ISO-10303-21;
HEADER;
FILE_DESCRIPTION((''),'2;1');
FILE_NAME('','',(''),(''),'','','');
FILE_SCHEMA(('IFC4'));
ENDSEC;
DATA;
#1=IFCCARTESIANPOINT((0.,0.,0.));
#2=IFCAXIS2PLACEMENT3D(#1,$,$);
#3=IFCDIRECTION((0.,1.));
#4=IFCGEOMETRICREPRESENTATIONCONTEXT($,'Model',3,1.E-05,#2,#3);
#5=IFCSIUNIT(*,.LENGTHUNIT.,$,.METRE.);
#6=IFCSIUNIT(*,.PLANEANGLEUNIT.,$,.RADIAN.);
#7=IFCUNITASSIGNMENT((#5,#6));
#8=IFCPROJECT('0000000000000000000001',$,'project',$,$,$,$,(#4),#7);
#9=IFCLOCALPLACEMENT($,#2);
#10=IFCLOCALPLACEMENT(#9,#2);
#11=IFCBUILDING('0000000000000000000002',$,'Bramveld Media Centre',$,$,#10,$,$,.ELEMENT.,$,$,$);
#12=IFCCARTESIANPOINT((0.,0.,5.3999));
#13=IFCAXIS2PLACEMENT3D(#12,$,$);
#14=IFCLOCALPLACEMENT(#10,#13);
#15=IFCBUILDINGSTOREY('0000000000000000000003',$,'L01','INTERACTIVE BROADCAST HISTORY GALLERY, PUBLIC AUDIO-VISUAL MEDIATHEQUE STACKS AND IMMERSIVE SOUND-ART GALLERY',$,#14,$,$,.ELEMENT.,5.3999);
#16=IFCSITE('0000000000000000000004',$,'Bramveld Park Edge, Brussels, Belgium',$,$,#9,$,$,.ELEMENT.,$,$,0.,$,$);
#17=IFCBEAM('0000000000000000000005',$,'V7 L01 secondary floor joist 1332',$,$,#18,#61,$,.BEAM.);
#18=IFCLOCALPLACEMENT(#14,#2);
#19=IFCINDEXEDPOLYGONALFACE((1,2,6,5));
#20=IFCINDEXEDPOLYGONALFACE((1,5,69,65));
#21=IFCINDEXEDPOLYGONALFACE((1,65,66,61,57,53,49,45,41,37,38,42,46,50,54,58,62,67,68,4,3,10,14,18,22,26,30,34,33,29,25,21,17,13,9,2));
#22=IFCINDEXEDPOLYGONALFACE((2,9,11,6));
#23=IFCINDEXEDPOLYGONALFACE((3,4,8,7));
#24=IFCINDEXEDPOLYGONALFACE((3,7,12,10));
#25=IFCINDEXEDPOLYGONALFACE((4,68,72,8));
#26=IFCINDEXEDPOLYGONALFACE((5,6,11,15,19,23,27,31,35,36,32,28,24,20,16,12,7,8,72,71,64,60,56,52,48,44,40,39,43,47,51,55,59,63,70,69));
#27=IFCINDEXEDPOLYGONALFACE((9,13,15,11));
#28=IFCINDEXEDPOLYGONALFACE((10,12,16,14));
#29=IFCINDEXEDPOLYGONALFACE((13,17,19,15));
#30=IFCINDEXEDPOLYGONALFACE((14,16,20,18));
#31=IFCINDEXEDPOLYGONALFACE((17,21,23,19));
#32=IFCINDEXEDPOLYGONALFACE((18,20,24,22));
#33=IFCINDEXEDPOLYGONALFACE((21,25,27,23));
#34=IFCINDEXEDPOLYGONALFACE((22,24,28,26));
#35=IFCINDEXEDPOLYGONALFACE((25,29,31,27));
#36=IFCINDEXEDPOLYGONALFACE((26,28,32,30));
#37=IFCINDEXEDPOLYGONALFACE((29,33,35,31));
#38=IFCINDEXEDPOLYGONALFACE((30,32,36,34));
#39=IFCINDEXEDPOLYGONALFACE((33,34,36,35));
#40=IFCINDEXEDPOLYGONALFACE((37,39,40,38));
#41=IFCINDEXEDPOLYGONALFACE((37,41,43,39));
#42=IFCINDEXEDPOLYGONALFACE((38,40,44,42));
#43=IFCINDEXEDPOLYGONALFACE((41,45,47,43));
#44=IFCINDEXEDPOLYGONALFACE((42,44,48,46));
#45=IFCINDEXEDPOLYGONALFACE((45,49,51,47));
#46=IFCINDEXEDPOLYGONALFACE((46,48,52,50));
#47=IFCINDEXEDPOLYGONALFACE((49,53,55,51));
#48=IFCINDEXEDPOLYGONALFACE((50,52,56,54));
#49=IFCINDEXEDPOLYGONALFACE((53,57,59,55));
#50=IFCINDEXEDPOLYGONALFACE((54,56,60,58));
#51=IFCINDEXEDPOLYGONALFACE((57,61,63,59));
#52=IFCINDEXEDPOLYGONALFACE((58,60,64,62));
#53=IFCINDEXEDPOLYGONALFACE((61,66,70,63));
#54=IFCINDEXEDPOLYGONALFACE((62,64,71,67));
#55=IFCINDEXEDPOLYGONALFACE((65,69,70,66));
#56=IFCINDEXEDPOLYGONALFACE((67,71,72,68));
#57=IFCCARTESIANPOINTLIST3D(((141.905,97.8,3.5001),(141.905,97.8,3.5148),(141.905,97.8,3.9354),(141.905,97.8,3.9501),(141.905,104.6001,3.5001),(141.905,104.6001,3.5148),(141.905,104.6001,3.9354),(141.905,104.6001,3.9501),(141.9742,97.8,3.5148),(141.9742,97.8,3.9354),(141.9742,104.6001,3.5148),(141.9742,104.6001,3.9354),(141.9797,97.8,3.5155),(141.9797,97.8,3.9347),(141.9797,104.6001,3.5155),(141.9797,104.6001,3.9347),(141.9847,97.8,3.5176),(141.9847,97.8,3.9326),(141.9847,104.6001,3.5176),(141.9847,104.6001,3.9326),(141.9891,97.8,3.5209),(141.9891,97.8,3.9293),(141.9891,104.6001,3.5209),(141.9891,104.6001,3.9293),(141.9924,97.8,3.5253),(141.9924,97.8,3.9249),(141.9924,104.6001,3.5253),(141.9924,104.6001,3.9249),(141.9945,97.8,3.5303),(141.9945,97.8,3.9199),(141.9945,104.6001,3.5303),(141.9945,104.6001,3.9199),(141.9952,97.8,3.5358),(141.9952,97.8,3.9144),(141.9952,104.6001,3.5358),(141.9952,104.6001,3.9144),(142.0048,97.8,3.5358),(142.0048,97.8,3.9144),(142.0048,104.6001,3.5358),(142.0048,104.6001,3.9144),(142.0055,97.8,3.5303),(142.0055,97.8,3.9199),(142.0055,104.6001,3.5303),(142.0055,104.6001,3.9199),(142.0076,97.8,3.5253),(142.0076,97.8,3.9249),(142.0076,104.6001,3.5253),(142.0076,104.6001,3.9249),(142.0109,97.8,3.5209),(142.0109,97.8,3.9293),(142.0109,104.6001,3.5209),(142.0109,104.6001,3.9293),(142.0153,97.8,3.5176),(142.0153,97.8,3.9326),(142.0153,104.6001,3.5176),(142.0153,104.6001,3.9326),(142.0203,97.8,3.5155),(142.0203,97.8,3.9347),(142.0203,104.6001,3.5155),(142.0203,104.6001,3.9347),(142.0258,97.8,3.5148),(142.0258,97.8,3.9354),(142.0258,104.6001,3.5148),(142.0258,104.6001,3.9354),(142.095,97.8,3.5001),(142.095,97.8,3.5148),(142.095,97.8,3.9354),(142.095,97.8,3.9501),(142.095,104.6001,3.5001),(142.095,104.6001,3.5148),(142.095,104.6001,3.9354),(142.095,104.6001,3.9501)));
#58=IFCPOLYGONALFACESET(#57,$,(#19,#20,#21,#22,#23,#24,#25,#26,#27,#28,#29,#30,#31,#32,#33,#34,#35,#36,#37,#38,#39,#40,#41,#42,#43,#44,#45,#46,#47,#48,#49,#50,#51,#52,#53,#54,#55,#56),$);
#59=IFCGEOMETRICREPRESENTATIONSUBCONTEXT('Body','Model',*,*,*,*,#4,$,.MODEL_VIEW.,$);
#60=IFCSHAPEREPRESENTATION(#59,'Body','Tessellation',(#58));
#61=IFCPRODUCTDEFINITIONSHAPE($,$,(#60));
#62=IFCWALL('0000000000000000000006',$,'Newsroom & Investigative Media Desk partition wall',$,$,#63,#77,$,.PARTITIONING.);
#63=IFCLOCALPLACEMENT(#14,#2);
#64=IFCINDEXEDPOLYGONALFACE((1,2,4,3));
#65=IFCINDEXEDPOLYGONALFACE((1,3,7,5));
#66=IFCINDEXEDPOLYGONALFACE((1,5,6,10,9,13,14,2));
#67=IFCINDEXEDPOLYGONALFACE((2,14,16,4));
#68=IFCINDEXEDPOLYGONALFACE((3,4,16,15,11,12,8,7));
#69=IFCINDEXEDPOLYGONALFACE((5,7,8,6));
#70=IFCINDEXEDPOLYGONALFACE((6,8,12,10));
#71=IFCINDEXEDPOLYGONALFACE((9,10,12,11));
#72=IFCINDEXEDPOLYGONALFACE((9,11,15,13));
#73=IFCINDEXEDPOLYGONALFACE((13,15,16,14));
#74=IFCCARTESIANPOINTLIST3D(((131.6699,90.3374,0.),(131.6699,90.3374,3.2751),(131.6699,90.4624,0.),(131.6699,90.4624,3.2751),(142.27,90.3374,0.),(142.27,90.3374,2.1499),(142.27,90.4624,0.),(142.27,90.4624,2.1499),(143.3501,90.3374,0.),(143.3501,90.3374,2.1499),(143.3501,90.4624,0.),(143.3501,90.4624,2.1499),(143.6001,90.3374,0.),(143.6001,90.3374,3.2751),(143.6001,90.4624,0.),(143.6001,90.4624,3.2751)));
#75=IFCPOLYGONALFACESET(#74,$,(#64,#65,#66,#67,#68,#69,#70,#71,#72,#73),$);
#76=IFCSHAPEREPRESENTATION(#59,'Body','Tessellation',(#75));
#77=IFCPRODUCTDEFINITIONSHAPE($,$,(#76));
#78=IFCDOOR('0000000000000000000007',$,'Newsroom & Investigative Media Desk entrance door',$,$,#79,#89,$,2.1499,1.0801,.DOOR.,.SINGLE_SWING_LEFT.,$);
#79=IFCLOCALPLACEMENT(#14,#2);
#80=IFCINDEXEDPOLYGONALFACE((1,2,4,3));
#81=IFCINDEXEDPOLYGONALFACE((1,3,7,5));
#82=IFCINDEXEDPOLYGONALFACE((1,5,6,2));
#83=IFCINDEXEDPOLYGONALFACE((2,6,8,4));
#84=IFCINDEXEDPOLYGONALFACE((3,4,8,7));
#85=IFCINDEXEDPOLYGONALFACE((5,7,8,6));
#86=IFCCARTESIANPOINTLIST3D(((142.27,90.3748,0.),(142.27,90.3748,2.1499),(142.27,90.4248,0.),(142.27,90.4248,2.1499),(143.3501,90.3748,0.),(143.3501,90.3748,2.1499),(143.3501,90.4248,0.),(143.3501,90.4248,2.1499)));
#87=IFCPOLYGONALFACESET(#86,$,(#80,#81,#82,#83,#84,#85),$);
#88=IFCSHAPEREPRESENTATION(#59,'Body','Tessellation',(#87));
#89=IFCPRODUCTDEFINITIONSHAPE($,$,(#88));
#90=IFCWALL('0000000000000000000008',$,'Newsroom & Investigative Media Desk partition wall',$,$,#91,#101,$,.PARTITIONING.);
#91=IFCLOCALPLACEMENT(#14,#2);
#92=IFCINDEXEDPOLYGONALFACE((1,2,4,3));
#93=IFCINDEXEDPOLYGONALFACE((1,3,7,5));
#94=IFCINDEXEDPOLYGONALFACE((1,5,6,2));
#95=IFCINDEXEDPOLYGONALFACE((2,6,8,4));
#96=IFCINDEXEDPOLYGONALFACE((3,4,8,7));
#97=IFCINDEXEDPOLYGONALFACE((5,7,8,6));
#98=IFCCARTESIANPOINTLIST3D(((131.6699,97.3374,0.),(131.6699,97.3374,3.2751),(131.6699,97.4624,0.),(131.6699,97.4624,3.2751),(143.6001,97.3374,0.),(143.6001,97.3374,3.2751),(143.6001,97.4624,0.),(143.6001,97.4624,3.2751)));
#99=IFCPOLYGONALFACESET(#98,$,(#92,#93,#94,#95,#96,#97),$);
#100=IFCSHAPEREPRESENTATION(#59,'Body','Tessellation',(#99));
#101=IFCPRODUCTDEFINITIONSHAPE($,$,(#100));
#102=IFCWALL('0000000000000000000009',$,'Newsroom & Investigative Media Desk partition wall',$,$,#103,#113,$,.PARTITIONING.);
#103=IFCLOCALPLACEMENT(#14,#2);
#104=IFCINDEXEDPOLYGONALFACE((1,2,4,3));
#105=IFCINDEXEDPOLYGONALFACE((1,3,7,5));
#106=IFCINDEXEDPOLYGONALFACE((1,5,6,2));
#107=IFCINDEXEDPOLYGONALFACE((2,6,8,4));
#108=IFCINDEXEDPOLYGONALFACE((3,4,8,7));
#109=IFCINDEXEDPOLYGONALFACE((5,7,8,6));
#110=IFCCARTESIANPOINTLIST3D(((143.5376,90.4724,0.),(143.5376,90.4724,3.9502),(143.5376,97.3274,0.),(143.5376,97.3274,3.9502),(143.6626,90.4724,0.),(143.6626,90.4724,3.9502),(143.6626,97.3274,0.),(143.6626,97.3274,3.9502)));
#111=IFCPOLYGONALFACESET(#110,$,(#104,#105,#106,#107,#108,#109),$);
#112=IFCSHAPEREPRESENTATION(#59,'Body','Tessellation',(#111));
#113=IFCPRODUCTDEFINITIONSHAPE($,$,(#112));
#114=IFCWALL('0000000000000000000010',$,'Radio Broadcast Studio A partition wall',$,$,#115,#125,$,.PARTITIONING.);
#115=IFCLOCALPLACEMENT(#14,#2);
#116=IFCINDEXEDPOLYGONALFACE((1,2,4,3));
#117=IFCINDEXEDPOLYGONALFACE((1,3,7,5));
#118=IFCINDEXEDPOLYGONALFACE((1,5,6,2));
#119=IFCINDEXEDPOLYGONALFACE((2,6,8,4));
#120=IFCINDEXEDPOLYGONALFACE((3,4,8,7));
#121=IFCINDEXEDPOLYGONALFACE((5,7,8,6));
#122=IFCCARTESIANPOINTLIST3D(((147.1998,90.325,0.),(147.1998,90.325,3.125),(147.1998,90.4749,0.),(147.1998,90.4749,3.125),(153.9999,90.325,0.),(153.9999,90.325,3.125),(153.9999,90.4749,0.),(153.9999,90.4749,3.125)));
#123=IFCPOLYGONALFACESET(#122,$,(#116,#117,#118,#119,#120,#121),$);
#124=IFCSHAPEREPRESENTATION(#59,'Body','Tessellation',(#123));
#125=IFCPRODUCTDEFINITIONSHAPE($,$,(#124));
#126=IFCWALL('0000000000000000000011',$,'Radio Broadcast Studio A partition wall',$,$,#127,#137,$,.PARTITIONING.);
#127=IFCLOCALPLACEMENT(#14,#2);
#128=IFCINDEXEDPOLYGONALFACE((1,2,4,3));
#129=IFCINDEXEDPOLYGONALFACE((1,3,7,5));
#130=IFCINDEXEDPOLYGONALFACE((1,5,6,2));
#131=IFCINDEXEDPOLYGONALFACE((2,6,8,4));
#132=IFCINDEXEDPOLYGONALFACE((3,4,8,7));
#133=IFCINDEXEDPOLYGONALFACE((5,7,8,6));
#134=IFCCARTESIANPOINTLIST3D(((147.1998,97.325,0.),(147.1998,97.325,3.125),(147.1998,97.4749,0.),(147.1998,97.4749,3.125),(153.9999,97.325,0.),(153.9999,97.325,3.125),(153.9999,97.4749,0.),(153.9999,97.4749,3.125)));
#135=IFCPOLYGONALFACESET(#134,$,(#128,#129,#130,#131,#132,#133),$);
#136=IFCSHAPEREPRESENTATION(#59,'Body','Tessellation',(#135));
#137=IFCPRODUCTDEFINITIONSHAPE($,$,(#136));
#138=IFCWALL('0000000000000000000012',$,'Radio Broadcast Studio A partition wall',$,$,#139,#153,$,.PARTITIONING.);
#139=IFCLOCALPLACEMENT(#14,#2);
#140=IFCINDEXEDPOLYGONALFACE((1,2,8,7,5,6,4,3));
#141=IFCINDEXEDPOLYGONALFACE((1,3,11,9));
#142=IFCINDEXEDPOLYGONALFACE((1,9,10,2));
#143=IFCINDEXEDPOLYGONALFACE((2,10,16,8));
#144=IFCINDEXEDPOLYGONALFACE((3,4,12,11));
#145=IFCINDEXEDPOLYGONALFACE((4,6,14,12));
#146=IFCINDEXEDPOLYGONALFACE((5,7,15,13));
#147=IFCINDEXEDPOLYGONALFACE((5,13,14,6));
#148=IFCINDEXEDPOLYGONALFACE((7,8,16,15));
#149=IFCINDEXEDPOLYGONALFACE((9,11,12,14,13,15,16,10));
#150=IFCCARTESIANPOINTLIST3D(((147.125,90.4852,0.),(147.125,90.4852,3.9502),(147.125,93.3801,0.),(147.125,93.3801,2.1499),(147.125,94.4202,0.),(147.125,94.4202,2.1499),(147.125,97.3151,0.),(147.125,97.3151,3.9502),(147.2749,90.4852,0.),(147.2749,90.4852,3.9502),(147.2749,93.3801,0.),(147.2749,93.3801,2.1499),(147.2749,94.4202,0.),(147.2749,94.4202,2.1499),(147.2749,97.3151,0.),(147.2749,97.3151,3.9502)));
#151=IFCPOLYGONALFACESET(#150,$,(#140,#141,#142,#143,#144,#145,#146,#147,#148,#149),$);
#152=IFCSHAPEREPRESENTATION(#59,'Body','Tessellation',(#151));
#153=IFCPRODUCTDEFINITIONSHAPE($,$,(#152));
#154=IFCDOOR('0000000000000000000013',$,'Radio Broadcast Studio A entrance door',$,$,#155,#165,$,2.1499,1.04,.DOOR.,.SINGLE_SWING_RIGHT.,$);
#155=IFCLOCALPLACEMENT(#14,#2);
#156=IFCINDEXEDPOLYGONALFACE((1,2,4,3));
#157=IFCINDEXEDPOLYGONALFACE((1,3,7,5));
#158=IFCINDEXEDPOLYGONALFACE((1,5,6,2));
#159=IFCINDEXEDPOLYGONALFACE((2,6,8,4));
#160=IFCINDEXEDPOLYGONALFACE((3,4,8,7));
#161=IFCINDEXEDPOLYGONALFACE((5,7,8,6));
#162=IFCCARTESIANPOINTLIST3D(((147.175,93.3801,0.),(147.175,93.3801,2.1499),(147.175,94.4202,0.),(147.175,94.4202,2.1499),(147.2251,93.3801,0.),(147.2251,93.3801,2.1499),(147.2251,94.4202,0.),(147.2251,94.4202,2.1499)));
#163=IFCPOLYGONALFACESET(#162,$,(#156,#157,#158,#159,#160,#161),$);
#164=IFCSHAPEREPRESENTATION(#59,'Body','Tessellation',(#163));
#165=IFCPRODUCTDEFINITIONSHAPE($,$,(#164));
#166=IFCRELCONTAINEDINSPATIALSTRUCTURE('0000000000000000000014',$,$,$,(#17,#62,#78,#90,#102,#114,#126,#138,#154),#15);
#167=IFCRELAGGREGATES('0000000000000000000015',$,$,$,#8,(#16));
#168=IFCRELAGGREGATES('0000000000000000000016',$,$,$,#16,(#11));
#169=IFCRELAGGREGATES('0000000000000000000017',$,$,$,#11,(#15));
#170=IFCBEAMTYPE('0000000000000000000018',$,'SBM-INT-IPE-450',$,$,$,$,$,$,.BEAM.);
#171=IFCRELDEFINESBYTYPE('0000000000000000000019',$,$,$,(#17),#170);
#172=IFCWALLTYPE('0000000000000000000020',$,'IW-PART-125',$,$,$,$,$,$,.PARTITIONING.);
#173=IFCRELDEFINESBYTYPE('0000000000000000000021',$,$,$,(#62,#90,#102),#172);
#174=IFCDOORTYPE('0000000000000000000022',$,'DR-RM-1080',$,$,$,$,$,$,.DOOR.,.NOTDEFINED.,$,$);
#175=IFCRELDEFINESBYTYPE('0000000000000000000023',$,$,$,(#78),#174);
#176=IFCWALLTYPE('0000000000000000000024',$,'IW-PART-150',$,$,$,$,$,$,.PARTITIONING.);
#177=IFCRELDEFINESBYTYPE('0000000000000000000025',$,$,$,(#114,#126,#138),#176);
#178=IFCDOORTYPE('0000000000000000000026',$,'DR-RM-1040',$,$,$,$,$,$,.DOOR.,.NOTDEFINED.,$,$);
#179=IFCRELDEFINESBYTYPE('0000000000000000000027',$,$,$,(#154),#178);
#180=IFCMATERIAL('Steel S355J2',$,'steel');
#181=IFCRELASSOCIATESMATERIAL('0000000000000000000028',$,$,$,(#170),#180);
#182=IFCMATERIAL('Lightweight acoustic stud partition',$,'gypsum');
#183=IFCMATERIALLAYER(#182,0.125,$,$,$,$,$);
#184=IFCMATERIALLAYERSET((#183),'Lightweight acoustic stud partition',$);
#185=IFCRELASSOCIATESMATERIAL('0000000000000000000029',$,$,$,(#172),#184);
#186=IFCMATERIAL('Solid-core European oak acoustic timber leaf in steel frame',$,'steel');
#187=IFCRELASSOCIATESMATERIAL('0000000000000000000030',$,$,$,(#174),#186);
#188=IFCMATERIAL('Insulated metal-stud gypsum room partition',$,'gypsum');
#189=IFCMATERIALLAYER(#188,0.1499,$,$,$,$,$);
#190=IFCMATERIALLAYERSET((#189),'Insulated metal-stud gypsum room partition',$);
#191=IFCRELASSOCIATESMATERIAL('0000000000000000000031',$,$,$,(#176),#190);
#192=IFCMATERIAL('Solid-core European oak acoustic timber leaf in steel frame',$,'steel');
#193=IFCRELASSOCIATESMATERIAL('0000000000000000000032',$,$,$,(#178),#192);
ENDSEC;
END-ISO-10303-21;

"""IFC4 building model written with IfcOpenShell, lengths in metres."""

from ifc_helpers import new_model, si_unit, direction, frame, frame_2d, origin, origin_2d, place, context, subcontext, project, spatial, rectangle, i_section, extrude, material, layer, layer_set, material_profile, profile_set, type_object, element, fill, save


model = new_model("IFC4")

# Units and contexts
model_context = context("Model", 3, precision=1e-05, world=origin(), true_north=direction((0.0, 1.0)))
body_context = subcontext(model_context, "Body", "Model", "MODEL_VIEW")
ifc_project = project(units=[si_unit("LENGTHUNIT", "METRE"), si_unit("PLANEANGLEUNIT", "RADIAN")], contexts=[model_context])

# Site, building, storey
site_placement = place(None, origin())
site = spatial("IfcSite", under=ifc_project, at=site_placement, Name="Bramveld Park Edge, Brussels, Belgium", CompositionType="ELEMENT", RefElevation=0.0)
building_placement = place(site_placement, origin())
building = spatial("IfcBuilding", under=site, at=building_placement, Name="Bramveld Media Centre", CompositionType="ELEMENT")
storey_placement = place(building_placement, frame((0.0, 0.0, 5.3999)))
storey = spatial("IfcBuildingStorey", under=building, at=storey_placement, Name="L01", Description="INTERACTIVE BROADCAST HISTORY GALLERY, PUBLIC AUDIO-VISUAL MEDIATHEQUE STACKS AND IMMERSIVE SOUND-ART GALLERY", CompositionType="ELEMENT", Elevation=5.3999)

# Beam
ifc_material_1 = material(Name="Steel S355J2", Category="steel")
ifc_material_profile_1 = material_profile(ifc_material_1, i_section(OverallWidth=0.1899, OverallDepth=0.45, WebThickness=0.0095, FlangeThickness=0.0146, FilletRadius=0.021, at=origin_2d()), Name="IPE 450")
ifc_profile_set_1 = profile_set([ifc_material_profile_1], Name="Steel S355J2")
beam_type_1 = type_object("IfcBeamType", Name="SBM-INT-IPE-450", PredefinedType="BEAM", material=ifc_profile_set_1)
beam_1_placement = place(storey_placement, frame((142.0, 97.8, 3.7251), z_axis=(0.0, 1.0, 0.0), x_axis=(-1.0, 0.0, 0.0)))
element("IfcBeam", 1, at=beam_1_placement, inside=storey, type_object=beam_type_1, Name="V7 L01 secondary floor joist 1332", PredefinedType="BEAM", context=body_context, shape_type="SweptSolid", body=[
    extrude(i_section(OverallWidth=0.1899, OverallDepth=0.45, WebThickness=0.0095, FlangeThickness=0.0146, FilletRadius=0.021, at=origin_2d()), origin(), (0.0, 0.0, 1.0), 6.8),
])

# Wall, opening, door
ifc_material_2 = material(Name="Lightweight acoustic stud partition", Category="gypsum")
ifc_layer_1 = layer(ifc_material_2, 0.125)
ifc_layer_set_1 = layer_set([ifc_layer_1], Name="Lightweight acoustic stud partition")
wall_type_1 = type_object("IfcWallType", Name="IW-PART-125", PredefinedType="PARTITIONING", material=ifc_layer_set_1)
wall_1_placement = place(storey_placement, frame((131.6699, 90.3999, 0.0), z_axis=(0.0, 0.0, 1.0), x_axis=(1.0, 0.0, 0.0)))
wall_1 = element("IfcWall", 2, at=wall_1_placement, inside=storey, type_object=wall_type_1, Name="Newsroom & Investigative Media Desk partition wall", PredefinedType="PARTITIONING", context=body_context, shape_type="SweptSolid", body=[
    extrude(rectangle(XDim=11.9302, YDim=0.125, at=frame_2d((5.9651, 0.0))), origin(), (0.0, 0.0, 1.0), 3.2751),
])
opening_1_placement = place(wall_1_placement, frame((10.6001, 0.0, 0.0)))
opening_1 = element("IfcOpeningElement", 3, at=opening_1_placement, cuts=wall_1, PredefinedType="OPENING", context=body_context, shape_type="SweptSolid", body=[
    extrude(rectangle(XDim=1.0801, YDim=2.1499, at=frame_2d((0.54, 1.075))), frame((0.0, 0.0745, 0.0), z_axis=(0.0, -1.0, 0.0), x_axis=(1.0, 0.0, 0.0)), (0.0, 0.0, 1.0), 0.1489),
])
ifc_material_3 = material(Name="Solid-core European oak acoustic timber leaf in steel frame", Category="steel")
door_type_1 = type_object("IfcDoorType", Name="DR-RM-1080", OperationType="NOTDEFINED", PredefinedType="DOOR", material=ifc_material_3)
door_1_placement = place(opening_1_placement, origin())
door_1 = element("IfcDoor", 4, at=door_1_placement, inside=storey, type_object=door_type_1, Name="Newsroom & Investigative Media Desk entrance door", OperationType="SINGLE_SWING_LEFT", OverallHeight=2.1499, OverallWidth=1.0801, PredefinedType="DOOR", context=body_context, shape_type="SweptSolid", body=[
    extrude(rectangle(XDim=1.0801, YDim=2.1499, at=frame_2d((0.54, 1.075))), frame((0.0, 0.0249, 0.0), z_axis=(0.0, -1.0, 0.0), x_axis=(1.0, 0.0, 0.0)), (0.0, 0.0, 1.0), 0.05),
])
fill(opening_1, door_1)

# Walls
wall_2_placement = place(storey_placement, frame((131.6699, 97.3999, 0.0), z_axis=(0.0, 0.0, 1.0), x_axis=(1.0, 0.0, 0.0)))
element("IfcWall", 5, at=wall_2_placement, inside=storey, type_object=wall_type_1, Name="Newsroom & Investigative Media Desk partition wall", PredefinedType="PARTITIONING", context=body_context, shape_type="SweptSolid", body=[
    extrude(rectangle(XDim=11.9302, YDim=0.125, at=frame_2d((5.9651, 0.0))), origin(), (0.0, 0.0, 1.0), 3.2751),
])
wall_3_placement = place(storey_placement, frame((143.6001, 90.4724, 0.0), z_axis=(0.0, 0.0, 1.0), x_axis=(0.0, 1.0, 0.0)))
element("IfcWall", 6, at=wall_3_placement, inside=storey, type_object=wall_type_1, Name="Newsroom & Investigative Media Desk partition wall", PredefinedType="PARTITIONING", context=body_context, shape_type="SweptSolid", body=[
    extrude(rectangle(XDim=6.855, YDim=0.125, at=frame_2d((3.4275, 0.0))), origin(), (0.0, 0.0, 1.0), 3.9502),
])
ifc_material_4 = material(Name="Insulated metal-stud gypsum room partition", Category="gypsum")
ifc_layer_2 = layer(ifc_material_4, 0.1499)
ifc_layer_set_2 = layer_set([ifc_layer_2], Name="Insulated metal-stud gypsum room partition")
wall_type_2 = type_object("IfcWallType", Name="IW-PART-150", PredefinedType="PARTITIONING", material=ifc_layer_set_2)
for number, where, z_axis, x_axis, name in (
    (7, (147.2, 90.3999, 0.0), (0.0, 0.0, 1.0), (1.0, 0.0, 0.0), "Radio Broadcast Studio A partition wall"),
    (8, (147.2, 97.3999, 0.0), (0.0, 0.0, 1.0), (1.0, 0.0, 0.0), "Radio Broadcast Studio A partition wall"),
):
    element("IfcWall", number, at=place(storey_placement, frame(where, z_axis=z_axis, x_axis=x_axis)), inside=storey, type_object=wall_type_2, Name=name, PredefinedType="PARTITIONING", context=body_context, shape_type="SweptSolid", body=[
        extrude(rectangle(XDim=6.8, YDim=0.1499, at=frame_2d((3.3999, 0.0))), origin(), (0.0, 0.0, 1.0), 3.125),
    ])

# Wall, opening, door
wall_4_placement = place(storey_placement, frame((147.2, 90.4851, 0.0), z_axis=(0.0, 0.0, 1.0), x_axis=(0.0, 1.0, 0.0)))
wall_4 = element("IfcWall", 9, at=wall_4_placement, inside=storey, type_object=wall_type_2, Name="Radio Broadcast Studio A partition wall", PredefinedType="PARTITIONING", context=body_context, shape_type="SweptSolid", body=[
    extrude(rectangle(XDim=6.8298, YDim=0.1499, at=frame_2d((3.415, 0.0))), origin(), (0.0, 0.0, 1.0), 3.9502),
])
opening_2_placement = place(wall_4_placement, frame((2.895, 0.0, 0.0)))
opening_2 = element("IfcOpeningElement", 10, at=opening_2_placement, cuts=wall_4, PredefinedType="OPENING", context=body_context, shape_type="SweptSolid", body=[
    extrude(rectangle(XDim=1.04, YDim=2.1499, at=frame_2d((0.52, 1.075))), frame((0.0, 0.0869, 0.0), z_axis=(0.0, -1.0, 0.0), x_axis=(1.0, 0.0, 0.0)), (0.0, 0.0, 1.0), 0.1738),
])
ifc_material_5 = material(Name="Solid-core European oak acoustic timber leaf in steel frame", Category="steel")
door_type_2 = type_object("IfcDoorType", Name="DR-RM-1040", OperationType="NOTDEFINED", PredefinedType="DOOR", material=ifc_material_5)
door_2_placement = place(opening_2_placement, origin())
door_2 = element("IfcDoor", 11, at=door_2_placement, inside=storey, type_object=door_type_2, Name="Radio Broadcast Studio A entrance door", OperationType="SINGLE_SWING_RIGHT", OverallHeight=2.1499, OverallWidth=1.04, PredefinedType="DOOR", context=body_context, shape_type="SweptSolid", body=[
    extrude(rectangle(XDim=1.04, YDim=2.1499, at=frame_2d((0.52, 1.075))), frame((0.0, 0.0249, 0.0), z_axis=(0.0, -1.0, 0.0), x_axis=(1.0, 0.0, 0.0)), (0.0, 0.0, 1.0), 0.05),
])
fill(opening_2, door_2)

save(model, "model.ifc")
